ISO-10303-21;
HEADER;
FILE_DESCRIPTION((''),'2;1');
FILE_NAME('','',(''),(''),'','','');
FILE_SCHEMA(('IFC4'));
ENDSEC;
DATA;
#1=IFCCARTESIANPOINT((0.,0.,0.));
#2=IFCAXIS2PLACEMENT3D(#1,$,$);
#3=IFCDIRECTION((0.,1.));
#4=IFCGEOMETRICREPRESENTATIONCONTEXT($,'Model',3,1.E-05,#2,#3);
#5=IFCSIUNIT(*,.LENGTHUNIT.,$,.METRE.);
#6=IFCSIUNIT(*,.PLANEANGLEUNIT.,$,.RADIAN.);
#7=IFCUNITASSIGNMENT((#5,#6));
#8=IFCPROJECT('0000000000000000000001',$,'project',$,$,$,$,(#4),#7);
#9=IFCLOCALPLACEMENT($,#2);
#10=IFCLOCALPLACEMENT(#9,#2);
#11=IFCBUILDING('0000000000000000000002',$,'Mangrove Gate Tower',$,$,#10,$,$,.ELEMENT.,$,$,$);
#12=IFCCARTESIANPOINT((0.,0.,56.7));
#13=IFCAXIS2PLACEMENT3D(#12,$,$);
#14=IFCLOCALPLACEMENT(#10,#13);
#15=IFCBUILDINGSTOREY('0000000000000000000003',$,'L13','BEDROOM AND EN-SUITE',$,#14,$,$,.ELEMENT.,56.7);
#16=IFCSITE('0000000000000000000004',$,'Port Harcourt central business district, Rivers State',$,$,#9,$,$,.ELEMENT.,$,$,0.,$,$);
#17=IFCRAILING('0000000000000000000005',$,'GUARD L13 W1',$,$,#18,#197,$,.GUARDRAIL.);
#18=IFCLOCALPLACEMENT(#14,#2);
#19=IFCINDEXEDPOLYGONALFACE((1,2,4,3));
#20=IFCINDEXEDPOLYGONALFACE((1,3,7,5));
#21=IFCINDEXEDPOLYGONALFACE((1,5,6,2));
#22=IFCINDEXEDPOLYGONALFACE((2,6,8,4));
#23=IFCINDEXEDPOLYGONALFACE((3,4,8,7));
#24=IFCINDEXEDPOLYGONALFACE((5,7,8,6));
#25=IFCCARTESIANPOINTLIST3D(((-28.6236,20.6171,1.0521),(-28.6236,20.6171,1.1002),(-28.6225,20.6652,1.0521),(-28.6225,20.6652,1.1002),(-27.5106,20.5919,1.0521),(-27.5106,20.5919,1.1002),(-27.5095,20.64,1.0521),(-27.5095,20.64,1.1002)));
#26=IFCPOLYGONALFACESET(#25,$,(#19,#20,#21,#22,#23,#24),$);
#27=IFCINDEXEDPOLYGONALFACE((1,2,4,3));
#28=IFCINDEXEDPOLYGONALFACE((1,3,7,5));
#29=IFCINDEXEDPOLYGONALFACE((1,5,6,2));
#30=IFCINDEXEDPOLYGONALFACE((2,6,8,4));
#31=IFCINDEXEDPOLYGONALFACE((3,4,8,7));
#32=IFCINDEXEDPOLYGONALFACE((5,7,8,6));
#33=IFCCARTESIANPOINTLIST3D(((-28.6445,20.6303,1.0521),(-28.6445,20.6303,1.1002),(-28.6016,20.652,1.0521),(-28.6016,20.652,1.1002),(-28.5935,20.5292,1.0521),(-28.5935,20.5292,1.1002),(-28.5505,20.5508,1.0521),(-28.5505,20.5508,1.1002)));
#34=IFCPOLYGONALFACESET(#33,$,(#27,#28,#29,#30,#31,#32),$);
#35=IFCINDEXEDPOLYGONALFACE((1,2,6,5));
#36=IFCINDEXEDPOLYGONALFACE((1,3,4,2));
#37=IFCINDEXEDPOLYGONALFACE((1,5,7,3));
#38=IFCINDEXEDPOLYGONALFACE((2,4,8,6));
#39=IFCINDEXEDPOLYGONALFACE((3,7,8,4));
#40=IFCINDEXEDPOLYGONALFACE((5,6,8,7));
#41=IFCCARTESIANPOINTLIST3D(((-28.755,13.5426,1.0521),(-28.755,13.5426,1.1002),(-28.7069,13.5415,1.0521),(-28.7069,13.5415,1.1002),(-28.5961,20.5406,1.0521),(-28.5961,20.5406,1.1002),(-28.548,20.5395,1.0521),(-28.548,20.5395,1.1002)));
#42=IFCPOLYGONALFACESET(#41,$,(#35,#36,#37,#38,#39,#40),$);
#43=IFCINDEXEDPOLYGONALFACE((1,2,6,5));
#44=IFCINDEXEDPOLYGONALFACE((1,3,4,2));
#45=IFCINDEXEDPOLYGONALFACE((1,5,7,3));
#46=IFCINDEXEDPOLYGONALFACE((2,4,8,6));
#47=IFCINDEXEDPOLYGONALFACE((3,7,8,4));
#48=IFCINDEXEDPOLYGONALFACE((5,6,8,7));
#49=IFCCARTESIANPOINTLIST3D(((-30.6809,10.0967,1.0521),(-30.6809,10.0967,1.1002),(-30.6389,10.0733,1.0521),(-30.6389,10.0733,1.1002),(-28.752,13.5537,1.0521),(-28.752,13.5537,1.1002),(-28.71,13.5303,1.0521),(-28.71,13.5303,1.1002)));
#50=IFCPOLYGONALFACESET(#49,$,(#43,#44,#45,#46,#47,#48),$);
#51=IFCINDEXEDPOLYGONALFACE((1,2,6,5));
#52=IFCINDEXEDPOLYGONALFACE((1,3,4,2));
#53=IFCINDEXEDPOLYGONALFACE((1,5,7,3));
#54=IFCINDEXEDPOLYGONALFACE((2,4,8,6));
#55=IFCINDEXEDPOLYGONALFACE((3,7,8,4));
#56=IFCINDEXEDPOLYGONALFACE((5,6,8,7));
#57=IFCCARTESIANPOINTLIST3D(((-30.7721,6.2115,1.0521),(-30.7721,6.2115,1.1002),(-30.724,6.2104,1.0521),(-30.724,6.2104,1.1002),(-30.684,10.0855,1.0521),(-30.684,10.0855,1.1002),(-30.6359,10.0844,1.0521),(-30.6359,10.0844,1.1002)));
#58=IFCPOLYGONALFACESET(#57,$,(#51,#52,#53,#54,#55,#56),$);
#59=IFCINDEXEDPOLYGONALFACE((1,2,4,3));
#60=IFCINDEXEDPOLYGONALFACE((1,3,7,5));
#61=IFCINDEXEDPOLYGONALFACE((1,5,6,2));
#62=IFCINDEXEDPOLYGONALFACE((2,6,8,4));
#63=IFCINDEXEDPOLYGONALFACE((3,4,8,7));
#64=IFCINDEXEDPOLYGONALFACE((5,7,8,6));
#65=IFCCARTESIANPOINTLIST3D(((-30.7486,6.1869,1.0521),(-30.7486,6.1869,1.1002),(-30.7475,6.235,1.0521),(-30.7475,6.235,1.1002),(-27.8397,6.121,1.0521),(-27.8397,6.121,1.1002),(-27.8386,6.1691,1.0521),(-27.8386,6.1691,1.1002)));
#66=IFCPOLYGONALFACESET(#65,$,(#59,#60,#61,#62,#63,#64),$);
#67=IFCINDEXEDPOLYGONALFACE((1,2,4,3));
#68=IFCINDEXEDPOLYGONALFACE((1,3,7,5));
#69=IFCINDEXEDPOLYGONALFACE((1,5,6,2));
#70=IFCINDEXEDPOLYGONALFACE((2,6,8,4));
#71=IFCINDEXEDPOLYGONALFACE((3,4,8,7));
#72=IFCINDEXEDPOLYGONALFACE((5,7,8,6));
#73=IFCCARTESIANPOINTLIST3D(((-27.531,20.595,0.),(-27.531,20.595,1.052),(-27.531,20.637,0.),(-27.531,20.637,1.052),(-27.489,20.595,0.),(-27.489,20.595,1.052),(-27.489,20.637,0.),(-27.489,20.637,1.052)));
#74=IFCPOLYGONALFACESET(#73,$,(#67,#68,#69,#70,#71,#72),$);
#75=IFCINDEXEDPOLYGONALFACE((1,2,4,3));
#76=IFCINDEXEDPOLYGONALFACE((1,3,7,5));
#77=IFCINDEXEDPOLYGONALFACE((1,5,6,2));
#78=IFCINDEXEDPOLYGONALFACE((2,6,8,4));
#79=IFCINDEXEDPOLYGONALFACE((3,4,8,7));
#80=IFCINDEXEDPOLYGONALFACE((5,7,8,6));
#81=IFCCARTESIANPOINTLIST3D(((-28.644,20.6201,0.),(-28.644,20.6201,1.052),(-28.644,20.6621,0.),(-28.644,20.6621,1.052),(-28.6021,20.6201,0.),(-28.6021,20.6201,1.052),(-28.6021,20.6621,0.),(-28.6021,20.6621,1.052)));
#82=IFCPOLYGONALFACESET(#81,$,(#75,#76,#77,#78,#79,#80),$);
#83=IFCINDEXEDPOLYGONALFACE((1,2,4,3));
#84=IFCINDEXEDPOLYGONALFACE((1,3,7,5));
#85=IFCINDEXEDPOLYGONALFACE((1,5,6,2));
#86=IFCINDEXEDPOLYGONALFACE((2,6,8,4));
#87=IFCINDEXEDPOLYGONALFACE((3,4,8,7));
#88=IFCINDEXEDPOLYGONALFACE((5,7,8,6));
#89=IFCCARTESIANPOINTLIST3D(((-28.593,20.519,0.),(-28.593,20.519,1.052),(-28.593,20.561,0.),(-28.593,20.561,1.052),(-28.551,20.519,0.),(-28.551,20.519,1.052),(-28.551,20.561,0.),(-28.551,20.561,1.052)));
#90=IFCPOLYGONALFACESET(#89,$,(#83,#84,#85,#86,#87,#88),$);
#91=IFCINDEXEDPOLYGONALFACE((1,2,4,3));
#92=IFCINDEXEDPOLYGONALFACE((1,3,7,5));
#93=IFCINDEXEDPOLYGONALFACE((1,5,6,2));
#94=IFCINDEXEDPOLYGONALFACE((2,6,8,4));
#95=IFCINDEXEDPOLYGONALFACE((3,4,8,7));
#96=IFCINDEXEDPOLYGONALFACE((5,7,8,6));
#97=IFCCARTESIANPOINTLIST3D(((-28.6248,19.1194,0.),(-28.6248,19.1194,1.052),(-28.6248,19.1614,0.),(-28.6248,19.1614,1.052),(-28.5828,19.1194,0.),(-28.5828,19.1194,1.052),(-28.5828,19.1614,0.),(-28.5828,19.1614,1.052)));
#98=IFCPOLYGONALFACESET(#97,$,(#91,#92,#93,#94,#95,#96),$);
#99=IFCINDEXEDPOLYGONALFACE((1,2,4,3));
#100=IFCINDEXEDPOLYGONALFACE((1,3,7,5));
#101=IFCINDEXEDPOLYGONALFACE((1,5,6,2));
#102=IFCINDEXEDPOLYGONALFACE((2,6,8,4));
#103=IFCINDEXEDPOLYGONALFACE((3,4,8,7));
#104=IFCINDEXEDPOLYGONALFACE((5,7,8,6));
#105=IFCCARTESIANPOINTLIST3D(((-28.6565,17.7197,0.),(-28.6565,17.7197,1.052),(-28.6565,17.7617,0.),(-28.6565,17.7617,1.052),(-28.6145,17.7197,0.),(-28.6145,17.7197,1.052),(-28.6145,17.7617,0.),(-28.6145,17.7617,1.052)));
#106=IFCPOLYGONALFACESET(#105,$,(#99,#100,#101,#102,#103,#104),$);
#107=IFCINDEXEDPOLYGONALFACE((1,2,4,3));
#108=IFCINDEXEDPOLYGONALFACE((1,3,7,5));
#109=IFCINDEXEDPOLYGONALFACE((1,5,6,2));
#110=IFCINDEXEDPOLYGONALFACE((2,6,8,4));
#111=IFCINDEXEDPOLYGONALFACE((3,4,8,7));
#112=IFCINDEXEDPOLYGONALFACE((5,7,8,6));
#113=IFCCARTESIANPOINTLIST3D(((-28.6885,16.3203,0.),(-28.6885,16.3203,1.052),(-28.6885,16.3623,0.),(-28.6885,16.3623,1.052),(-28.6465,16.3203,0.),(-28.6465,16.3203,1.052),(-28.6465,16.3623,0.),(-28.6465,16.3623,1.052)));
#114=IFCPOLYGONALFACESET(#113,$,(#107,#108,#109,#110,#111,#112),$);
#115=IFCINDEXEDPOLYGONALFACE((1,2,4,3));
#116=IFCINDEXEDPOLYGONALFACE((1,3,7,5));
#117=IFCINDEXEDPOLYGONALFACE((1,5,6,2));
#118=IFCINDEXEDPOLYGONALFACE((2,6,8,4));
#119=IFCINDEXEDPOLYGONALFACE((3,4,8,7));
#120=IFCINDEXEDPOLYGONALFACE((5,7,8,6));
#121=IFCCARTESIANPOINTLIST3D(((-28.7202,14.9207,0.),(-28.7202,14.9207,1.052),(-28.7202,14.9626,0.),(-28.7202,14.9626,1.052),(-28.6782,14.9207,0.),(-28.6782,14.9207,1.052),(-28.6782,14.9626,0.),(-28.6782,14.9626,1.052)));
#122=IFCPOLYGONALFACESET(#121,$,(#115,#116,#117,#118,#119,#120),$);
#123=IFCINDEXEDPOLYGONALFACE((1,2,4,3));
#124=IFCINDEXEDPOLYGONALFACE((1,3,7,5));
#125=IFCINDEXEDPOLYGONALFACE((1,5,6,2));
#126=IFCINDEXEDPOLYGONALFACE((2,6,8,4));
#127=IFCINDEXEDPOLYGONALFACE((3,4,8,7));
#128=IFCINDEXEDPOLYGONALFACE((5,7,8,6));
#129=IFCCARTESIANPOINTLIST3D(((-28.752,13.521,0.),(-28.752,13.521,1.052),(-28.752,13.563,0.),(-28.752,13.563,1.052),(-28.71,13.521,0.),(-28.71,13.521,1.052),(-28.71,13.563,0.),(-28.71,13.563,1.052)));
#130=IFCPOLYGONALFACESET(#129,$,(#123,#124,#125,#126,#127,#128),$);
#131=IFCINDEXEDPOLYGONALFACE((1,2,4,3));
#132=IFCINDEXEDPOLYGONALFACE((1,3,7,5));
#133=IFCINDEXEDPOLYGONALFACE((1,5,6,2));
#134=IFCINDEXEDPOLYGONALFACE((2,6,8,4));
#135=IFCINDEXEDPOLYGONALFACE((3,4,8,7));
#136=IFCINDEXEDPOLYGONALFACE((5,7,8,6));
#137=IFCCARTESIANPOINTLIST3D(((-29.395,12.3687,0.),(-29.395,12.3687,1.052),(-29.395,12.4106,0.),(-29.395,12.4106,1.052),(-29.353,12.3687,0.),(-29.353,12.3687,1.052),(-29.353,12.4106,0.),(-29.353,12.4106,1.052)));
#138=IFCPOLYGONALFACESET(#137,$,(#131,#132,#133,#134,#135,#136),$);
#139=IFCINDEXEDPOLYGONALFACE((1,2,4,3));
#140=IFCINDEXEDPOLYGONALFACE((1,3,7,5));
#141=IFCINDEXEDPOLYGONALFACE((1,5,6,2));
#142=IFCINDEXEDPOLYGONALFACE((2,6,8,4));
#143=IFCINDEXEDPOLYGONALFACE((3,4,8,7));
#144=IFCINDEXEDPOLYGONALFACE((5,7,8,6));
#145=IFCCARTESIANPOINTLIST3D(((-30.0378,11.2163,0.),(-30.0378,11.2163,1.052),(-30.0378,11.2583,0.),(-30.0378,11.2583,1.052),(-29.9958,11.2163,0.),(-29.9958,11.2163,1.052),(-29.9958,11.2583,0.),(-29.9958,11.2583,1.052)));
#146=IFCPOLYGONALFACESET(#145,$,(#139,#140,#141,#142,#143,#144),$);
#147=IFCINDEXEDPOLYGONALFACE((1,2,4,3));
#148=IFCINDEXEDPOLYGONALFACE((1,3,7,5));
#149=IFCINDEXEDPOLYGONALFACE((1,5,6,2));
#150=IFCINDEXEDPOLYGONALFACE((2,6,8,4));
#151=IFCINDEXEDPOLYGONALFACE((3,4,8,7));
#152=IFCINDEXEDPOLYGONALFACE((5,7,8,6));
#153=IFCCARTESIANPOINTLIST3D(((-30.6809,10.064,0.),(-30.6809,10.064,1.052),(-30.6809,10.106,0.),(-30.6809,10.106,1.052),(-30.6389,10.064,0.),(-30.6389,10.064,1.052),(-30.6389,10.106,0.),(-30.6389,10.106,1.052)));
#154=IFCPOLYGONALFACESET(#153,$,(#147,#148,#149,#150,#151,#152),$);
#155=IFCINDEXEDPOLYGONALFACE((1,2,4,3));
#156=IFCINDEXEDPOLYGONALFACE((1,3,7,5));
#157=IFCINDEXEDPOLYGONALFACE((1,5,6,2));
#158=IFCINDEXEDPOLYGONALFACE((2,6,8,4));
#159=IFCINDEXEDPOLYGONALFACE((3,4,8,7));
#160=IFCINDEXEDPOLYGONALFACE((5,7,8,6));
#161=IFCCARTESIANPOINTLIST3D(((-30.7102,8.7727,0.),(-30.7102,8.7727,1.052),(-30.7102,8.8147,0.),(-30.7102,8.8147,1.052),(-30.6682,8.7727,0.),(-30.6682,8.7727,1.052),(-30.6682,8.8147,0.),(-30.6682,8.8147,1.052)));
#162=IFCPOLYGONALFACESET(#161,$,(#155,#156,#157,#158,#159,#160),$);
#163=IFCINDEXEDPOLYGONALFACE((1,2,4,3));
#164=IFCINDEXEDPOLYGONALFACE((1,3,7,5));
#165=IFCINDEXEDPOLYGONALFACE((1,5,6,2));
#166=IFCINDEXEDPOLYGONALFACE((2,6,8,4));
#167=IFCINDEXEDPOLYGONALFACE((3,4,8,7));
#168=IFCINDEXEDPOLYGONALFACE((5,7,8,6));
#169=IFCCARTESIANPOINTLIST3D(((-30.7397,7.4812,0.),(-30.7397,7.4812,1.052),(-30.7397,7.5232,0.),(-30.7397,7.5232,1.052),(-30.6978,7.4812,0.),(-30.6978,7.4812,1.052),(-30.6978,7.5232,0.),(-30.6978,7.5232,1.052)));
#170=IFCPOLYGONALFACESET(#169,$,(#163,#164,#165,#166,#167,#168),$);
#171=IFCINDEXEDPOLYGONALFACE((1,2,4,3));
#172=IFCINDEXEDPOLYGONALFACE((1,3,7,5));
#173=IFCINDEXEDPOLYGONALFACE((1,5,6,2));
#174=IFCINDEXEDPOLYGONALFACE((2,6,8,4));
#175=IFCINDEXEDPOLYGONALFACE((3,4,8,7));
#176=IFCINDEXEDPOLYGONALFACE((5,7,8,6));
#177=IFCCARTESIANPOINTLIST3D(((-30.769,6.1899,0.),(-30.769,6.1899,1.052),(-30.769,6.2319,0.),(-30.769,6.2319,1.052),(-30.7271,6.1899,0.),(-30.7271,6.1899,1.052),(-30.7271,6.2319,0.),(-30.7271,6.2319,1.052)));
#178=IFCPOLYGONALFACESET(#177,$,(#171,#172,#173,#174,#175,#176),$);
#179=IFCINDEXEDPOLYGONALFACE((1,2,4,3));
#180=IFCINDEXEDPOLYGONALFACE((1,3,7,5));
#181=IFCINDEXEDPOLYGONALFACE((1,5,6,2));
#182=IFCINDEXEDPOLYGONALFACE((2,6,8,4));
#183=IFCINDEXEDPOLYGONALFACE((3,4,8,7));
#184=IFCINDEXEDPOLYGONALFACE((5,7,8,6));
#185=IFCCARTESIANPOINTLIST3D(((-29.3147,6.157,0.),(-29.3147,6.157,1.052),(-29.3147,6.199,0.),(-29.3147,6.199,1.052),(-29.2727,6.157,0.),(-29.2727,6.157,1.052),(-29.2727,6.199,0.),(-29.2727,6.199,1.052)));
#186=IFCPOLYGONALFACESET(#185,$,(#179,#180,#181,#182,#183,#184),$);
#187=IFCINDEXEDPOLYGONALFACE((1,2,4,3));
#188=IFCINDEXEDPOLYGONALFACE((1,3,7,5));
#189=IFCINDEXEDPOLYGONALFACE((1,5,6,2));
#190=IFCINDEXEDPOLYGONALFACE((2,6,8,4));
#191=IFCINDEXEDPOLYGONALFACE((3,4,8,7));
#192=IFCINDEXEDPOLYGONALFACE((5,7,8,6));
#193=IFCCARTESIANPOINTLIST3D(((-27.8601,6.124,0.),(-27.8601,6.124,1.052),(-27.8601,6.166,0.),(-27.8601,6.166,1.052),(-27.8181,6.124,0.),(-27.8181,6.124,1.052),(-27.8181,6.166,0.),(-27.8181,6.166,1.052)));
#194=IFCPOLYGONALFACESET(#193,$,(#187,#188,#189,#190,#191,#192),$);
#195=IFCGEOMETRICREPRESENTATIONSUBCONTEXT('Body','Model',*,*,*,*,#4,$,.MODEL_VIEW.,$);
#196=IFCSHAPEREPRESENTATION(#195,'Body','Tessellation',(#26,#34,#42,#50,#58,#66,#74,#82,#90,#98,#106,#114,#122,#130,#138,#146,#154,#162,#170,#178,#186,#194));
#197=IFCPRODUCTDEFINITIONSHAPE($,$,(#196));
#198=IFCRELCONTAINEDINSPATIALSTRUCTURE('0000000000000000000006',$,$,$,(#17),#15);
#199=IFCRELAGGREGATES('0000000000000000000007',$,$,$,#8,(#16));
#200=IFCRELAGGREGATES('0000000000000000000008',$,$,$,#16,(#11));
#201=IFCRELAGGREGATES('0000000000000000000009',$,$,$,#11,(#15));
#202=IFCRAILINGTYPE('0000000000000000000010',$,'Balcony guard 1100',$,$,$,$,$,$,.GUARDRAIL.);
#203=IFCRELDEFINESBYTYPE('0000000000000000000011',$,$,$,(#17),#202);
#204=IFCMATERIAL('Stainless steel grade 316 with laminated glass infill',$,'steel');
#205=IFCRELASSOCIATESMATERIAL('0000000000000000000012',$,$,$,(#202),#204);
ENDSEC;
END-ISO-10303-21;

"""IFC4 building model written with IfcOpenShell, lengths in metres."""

from ifc_helpers import new_model, si_unit, direction, frame, origin, origin_2d, place, context, subcontext, project, spatial, rectangle, extrude, material, type_object, element, save


model = new_model("IFC4")

# Units and contexts
model_context = context("Model", 3, precision=1e-05, world=origin(), true_north=direction((0.0, 1.0)))
body_context = subcontext(model_context, "Body", "Model", "MODEL_VIEW")
ifc_project = project(units=[si_unit("LENGTHUNIT", "METRE"), si_unit("PLANEANGLEUNIT", "RADIAN")], contexts=[model_context])

# Site, building, storey
site_placement = place(None, origin())
site = spatial("IfcSite", under=ifc_project, at=site_placement, Name="Port Harcourt central business district, Rivers State", CompositionType="ELEMENT", RefElevation=0.0)
building_placement = place(site_placement, origin())
building = spatial("IfcBuilding", under=site, at=building_placement, Name="Mangrove Gate Tower", CompositionType="ELEMENT")
storey_placement = place(building_placement, frame((0.0, 0.0, 56.7)))
storey = spatial("IfcBuildingStorey", under=building, at=storey_placement, Name="L13", Description="BEDROOM AND EN-SUITE", CompositionType="ELEMENT", Elevation=56.7)

# Railing
ifc_material_1 = material(Name="Stainless steel grade 316 with laminated glass infill", Category="steel")
railing_type = type_object("IfcRailingType", Name="Balcony guard 1100", PredefinedType="GUARDRAIL", material=ifc_material_1)
railing_placement = place(storey_placement, frame((-27.51, 20.616, 0.0)))
element("IfcRailing", 1, at=railing_placement, inside=storey, type_object=railing_type, Name="GUARD L13 W1", PredefinedType="GUARDRAIL", context=body_context, shape_type="SweptSolid", body=[
    extrude(rectangle(XDim=0.0481, YDim=0.0481, at=origin_2d()), frame((0.0, 0.0, 1.0762), z_axis=(-0.999745, 0.022587, 0.0), x_axis=(-0.022587, -0.999745, 0.0)), (0.0, 0.0, 1.0), 1.1133),
    extrude(rectangle(XDim=0.0481, YDim=0.0481, at=origin_2d()), frame((-1.113, 0.0251, 1.0762), z_axis=(0.45066, -0.892696, 0.0), x_axis=(0.892696, 0.45066, 0.0)), (0.0, 0.0, 1.0), 0.1133),
    extrude(rectangle(XDim=0.0481, YDim=0.0481, at=origin_2d()), frame((-1.062, -0.0759, 1.0762), z_axis=(-0.022706, -0.999742, 0.0), x_axis=(0.999742, -0.022706, 0.0)), (0.0, 0.0, 1.0), 6.9998),
    extrude(rectangle(XDim=0.0481, YDim=0.0481, at=origin_2d()), frame((-1.2209, -7.074, 1.0762), z_axis=(-0.48726, -0.873257, 0.0), x_axis=(0.873257, -0.48726, 0.0)), (0.0, 0.0, 1.0), 3.9587),
    extrude(rectangle(XDim=0.0481, YDim=0.0481, at=origin_2d()), frame((-3.1499, -10.531, 1.0762), z_axis=(-0.022744, -0.999741, 0.0), x_axis=(0.999741, -0.022744, 0.0)), (0.0, 0.0, 1.0), 3.875),
    extrude(rectangle(XDim=0.0481, YDim=0.0481, at=origin_2d()), frame((-3.238, -14.405, 1.0762), z_axis=(0.999743, -0.022655, 0.0), x_axis=(0.022655, 0.999743, 0.0)), (0.0, 0.0, 1.0), 2.9097),
    extrude(rectangle(XDim=0.042, YDim=0.042, at=origin_2d()), origin(), (0.0, 0.0, 1.0), 1.052),
    extrude(rectangle(XDim=0.042, YDim=0.042, at=origin_2d()), frame((-1.113, 0.0251, 0.0)), (0.0, 0.0, 1.0), 1.052),
    extrude(rectangle(XDim=0.042, YDim=0.042, at=origin_2d()), frame((-1.062, -0.0759, 0.0)), (0.0, 0.0, 1.0), 1.052),
    extrude(rectangle(XDim=0.042, YDim=0.042, at=origin_2d()), frame((-1.0938, -1.4756, 0.0)), (0.0, 0.0, 1.0), 1.052),
    extrude(rectangle(XDim=0.042, YDim=0.042, at=origin_2d()), frame((-1.1255, -2.8752, 0.0)), (0.0, 0.0, 1.0), 1.052),
    extrude(rectangle(XDim=0.042, YDim=0.042, at=origin_2d()), frame((-1.1575, -4.2747, 0.0)), (0.0, 0.0, 1.0), 1.052),
    extrude(rectangle(XDim=0.042, YDim=0.042, at=origin_2d()), frame((-1.1892, -5.6743, 0.0)), (0.0, 0.0, 1.0), 1.052),
    extrude(rectangle(XDim=0.042, YDim=0.042, at=origin_2d()), frame((-1.2209, -7.074, 0.0)), (0.0, 0.0, 1.0), 1.052),
    extrude(rectangle(XDim=0.042, YDim=0.042, at=origin_2d()), frame((-1.864, -8.2263, 0.0)), (0.0, 0.0, 1.0), 1.052),
    extrude(rectangle(XDim=0.042, YDim=0.042, at=origin_2d()), frame((-2.5068, -9.3787, 0.0)), (0.0, 0.0, 1.0), 1.052),
    extrude(rectangle(XDim=0.042, YDim=0.042, at=origin_2d()), frame((-3.1499, -10.531, 0.0)), (0.0, 0.0, 1.0), 1.052),
    extrude(rectangle(XDim=0.042, YDim=0.042, at=origin_2d()), frame((-3.1792, -11.8223, 0.0)), (0.0, 0.0, 1.0), 1.052),
    extrude(rectangle(XDim=0.042, YDim=0.042, at=origin_2d()), frame((-3.2087, -13.1138, 0.0)), (0.0, 0.0, 1.0), 1.052),
    extrude(rectangle(XDim=0.042, YDim=0.042, at=origin_2d()), frame((-3.238, -14.405, 0.0)), (0.0, 0.0, 1.0), 1.052),
    extrude(rectangle(XDim=0.042, YDim=0.042, at=origin_2d()), frame((-1.7837, -14.438, 0.0)), (0.0, 0.0, 1.0), 1.052),
    extrude(rectangle(XDim=0.042, YDim=0.042, at=origin_2d()), frame((-0.3291, -14.4709, 0.0)), (0.0, 0.0, 1.0), 1.052),
])

save(model, "model.ifc")
